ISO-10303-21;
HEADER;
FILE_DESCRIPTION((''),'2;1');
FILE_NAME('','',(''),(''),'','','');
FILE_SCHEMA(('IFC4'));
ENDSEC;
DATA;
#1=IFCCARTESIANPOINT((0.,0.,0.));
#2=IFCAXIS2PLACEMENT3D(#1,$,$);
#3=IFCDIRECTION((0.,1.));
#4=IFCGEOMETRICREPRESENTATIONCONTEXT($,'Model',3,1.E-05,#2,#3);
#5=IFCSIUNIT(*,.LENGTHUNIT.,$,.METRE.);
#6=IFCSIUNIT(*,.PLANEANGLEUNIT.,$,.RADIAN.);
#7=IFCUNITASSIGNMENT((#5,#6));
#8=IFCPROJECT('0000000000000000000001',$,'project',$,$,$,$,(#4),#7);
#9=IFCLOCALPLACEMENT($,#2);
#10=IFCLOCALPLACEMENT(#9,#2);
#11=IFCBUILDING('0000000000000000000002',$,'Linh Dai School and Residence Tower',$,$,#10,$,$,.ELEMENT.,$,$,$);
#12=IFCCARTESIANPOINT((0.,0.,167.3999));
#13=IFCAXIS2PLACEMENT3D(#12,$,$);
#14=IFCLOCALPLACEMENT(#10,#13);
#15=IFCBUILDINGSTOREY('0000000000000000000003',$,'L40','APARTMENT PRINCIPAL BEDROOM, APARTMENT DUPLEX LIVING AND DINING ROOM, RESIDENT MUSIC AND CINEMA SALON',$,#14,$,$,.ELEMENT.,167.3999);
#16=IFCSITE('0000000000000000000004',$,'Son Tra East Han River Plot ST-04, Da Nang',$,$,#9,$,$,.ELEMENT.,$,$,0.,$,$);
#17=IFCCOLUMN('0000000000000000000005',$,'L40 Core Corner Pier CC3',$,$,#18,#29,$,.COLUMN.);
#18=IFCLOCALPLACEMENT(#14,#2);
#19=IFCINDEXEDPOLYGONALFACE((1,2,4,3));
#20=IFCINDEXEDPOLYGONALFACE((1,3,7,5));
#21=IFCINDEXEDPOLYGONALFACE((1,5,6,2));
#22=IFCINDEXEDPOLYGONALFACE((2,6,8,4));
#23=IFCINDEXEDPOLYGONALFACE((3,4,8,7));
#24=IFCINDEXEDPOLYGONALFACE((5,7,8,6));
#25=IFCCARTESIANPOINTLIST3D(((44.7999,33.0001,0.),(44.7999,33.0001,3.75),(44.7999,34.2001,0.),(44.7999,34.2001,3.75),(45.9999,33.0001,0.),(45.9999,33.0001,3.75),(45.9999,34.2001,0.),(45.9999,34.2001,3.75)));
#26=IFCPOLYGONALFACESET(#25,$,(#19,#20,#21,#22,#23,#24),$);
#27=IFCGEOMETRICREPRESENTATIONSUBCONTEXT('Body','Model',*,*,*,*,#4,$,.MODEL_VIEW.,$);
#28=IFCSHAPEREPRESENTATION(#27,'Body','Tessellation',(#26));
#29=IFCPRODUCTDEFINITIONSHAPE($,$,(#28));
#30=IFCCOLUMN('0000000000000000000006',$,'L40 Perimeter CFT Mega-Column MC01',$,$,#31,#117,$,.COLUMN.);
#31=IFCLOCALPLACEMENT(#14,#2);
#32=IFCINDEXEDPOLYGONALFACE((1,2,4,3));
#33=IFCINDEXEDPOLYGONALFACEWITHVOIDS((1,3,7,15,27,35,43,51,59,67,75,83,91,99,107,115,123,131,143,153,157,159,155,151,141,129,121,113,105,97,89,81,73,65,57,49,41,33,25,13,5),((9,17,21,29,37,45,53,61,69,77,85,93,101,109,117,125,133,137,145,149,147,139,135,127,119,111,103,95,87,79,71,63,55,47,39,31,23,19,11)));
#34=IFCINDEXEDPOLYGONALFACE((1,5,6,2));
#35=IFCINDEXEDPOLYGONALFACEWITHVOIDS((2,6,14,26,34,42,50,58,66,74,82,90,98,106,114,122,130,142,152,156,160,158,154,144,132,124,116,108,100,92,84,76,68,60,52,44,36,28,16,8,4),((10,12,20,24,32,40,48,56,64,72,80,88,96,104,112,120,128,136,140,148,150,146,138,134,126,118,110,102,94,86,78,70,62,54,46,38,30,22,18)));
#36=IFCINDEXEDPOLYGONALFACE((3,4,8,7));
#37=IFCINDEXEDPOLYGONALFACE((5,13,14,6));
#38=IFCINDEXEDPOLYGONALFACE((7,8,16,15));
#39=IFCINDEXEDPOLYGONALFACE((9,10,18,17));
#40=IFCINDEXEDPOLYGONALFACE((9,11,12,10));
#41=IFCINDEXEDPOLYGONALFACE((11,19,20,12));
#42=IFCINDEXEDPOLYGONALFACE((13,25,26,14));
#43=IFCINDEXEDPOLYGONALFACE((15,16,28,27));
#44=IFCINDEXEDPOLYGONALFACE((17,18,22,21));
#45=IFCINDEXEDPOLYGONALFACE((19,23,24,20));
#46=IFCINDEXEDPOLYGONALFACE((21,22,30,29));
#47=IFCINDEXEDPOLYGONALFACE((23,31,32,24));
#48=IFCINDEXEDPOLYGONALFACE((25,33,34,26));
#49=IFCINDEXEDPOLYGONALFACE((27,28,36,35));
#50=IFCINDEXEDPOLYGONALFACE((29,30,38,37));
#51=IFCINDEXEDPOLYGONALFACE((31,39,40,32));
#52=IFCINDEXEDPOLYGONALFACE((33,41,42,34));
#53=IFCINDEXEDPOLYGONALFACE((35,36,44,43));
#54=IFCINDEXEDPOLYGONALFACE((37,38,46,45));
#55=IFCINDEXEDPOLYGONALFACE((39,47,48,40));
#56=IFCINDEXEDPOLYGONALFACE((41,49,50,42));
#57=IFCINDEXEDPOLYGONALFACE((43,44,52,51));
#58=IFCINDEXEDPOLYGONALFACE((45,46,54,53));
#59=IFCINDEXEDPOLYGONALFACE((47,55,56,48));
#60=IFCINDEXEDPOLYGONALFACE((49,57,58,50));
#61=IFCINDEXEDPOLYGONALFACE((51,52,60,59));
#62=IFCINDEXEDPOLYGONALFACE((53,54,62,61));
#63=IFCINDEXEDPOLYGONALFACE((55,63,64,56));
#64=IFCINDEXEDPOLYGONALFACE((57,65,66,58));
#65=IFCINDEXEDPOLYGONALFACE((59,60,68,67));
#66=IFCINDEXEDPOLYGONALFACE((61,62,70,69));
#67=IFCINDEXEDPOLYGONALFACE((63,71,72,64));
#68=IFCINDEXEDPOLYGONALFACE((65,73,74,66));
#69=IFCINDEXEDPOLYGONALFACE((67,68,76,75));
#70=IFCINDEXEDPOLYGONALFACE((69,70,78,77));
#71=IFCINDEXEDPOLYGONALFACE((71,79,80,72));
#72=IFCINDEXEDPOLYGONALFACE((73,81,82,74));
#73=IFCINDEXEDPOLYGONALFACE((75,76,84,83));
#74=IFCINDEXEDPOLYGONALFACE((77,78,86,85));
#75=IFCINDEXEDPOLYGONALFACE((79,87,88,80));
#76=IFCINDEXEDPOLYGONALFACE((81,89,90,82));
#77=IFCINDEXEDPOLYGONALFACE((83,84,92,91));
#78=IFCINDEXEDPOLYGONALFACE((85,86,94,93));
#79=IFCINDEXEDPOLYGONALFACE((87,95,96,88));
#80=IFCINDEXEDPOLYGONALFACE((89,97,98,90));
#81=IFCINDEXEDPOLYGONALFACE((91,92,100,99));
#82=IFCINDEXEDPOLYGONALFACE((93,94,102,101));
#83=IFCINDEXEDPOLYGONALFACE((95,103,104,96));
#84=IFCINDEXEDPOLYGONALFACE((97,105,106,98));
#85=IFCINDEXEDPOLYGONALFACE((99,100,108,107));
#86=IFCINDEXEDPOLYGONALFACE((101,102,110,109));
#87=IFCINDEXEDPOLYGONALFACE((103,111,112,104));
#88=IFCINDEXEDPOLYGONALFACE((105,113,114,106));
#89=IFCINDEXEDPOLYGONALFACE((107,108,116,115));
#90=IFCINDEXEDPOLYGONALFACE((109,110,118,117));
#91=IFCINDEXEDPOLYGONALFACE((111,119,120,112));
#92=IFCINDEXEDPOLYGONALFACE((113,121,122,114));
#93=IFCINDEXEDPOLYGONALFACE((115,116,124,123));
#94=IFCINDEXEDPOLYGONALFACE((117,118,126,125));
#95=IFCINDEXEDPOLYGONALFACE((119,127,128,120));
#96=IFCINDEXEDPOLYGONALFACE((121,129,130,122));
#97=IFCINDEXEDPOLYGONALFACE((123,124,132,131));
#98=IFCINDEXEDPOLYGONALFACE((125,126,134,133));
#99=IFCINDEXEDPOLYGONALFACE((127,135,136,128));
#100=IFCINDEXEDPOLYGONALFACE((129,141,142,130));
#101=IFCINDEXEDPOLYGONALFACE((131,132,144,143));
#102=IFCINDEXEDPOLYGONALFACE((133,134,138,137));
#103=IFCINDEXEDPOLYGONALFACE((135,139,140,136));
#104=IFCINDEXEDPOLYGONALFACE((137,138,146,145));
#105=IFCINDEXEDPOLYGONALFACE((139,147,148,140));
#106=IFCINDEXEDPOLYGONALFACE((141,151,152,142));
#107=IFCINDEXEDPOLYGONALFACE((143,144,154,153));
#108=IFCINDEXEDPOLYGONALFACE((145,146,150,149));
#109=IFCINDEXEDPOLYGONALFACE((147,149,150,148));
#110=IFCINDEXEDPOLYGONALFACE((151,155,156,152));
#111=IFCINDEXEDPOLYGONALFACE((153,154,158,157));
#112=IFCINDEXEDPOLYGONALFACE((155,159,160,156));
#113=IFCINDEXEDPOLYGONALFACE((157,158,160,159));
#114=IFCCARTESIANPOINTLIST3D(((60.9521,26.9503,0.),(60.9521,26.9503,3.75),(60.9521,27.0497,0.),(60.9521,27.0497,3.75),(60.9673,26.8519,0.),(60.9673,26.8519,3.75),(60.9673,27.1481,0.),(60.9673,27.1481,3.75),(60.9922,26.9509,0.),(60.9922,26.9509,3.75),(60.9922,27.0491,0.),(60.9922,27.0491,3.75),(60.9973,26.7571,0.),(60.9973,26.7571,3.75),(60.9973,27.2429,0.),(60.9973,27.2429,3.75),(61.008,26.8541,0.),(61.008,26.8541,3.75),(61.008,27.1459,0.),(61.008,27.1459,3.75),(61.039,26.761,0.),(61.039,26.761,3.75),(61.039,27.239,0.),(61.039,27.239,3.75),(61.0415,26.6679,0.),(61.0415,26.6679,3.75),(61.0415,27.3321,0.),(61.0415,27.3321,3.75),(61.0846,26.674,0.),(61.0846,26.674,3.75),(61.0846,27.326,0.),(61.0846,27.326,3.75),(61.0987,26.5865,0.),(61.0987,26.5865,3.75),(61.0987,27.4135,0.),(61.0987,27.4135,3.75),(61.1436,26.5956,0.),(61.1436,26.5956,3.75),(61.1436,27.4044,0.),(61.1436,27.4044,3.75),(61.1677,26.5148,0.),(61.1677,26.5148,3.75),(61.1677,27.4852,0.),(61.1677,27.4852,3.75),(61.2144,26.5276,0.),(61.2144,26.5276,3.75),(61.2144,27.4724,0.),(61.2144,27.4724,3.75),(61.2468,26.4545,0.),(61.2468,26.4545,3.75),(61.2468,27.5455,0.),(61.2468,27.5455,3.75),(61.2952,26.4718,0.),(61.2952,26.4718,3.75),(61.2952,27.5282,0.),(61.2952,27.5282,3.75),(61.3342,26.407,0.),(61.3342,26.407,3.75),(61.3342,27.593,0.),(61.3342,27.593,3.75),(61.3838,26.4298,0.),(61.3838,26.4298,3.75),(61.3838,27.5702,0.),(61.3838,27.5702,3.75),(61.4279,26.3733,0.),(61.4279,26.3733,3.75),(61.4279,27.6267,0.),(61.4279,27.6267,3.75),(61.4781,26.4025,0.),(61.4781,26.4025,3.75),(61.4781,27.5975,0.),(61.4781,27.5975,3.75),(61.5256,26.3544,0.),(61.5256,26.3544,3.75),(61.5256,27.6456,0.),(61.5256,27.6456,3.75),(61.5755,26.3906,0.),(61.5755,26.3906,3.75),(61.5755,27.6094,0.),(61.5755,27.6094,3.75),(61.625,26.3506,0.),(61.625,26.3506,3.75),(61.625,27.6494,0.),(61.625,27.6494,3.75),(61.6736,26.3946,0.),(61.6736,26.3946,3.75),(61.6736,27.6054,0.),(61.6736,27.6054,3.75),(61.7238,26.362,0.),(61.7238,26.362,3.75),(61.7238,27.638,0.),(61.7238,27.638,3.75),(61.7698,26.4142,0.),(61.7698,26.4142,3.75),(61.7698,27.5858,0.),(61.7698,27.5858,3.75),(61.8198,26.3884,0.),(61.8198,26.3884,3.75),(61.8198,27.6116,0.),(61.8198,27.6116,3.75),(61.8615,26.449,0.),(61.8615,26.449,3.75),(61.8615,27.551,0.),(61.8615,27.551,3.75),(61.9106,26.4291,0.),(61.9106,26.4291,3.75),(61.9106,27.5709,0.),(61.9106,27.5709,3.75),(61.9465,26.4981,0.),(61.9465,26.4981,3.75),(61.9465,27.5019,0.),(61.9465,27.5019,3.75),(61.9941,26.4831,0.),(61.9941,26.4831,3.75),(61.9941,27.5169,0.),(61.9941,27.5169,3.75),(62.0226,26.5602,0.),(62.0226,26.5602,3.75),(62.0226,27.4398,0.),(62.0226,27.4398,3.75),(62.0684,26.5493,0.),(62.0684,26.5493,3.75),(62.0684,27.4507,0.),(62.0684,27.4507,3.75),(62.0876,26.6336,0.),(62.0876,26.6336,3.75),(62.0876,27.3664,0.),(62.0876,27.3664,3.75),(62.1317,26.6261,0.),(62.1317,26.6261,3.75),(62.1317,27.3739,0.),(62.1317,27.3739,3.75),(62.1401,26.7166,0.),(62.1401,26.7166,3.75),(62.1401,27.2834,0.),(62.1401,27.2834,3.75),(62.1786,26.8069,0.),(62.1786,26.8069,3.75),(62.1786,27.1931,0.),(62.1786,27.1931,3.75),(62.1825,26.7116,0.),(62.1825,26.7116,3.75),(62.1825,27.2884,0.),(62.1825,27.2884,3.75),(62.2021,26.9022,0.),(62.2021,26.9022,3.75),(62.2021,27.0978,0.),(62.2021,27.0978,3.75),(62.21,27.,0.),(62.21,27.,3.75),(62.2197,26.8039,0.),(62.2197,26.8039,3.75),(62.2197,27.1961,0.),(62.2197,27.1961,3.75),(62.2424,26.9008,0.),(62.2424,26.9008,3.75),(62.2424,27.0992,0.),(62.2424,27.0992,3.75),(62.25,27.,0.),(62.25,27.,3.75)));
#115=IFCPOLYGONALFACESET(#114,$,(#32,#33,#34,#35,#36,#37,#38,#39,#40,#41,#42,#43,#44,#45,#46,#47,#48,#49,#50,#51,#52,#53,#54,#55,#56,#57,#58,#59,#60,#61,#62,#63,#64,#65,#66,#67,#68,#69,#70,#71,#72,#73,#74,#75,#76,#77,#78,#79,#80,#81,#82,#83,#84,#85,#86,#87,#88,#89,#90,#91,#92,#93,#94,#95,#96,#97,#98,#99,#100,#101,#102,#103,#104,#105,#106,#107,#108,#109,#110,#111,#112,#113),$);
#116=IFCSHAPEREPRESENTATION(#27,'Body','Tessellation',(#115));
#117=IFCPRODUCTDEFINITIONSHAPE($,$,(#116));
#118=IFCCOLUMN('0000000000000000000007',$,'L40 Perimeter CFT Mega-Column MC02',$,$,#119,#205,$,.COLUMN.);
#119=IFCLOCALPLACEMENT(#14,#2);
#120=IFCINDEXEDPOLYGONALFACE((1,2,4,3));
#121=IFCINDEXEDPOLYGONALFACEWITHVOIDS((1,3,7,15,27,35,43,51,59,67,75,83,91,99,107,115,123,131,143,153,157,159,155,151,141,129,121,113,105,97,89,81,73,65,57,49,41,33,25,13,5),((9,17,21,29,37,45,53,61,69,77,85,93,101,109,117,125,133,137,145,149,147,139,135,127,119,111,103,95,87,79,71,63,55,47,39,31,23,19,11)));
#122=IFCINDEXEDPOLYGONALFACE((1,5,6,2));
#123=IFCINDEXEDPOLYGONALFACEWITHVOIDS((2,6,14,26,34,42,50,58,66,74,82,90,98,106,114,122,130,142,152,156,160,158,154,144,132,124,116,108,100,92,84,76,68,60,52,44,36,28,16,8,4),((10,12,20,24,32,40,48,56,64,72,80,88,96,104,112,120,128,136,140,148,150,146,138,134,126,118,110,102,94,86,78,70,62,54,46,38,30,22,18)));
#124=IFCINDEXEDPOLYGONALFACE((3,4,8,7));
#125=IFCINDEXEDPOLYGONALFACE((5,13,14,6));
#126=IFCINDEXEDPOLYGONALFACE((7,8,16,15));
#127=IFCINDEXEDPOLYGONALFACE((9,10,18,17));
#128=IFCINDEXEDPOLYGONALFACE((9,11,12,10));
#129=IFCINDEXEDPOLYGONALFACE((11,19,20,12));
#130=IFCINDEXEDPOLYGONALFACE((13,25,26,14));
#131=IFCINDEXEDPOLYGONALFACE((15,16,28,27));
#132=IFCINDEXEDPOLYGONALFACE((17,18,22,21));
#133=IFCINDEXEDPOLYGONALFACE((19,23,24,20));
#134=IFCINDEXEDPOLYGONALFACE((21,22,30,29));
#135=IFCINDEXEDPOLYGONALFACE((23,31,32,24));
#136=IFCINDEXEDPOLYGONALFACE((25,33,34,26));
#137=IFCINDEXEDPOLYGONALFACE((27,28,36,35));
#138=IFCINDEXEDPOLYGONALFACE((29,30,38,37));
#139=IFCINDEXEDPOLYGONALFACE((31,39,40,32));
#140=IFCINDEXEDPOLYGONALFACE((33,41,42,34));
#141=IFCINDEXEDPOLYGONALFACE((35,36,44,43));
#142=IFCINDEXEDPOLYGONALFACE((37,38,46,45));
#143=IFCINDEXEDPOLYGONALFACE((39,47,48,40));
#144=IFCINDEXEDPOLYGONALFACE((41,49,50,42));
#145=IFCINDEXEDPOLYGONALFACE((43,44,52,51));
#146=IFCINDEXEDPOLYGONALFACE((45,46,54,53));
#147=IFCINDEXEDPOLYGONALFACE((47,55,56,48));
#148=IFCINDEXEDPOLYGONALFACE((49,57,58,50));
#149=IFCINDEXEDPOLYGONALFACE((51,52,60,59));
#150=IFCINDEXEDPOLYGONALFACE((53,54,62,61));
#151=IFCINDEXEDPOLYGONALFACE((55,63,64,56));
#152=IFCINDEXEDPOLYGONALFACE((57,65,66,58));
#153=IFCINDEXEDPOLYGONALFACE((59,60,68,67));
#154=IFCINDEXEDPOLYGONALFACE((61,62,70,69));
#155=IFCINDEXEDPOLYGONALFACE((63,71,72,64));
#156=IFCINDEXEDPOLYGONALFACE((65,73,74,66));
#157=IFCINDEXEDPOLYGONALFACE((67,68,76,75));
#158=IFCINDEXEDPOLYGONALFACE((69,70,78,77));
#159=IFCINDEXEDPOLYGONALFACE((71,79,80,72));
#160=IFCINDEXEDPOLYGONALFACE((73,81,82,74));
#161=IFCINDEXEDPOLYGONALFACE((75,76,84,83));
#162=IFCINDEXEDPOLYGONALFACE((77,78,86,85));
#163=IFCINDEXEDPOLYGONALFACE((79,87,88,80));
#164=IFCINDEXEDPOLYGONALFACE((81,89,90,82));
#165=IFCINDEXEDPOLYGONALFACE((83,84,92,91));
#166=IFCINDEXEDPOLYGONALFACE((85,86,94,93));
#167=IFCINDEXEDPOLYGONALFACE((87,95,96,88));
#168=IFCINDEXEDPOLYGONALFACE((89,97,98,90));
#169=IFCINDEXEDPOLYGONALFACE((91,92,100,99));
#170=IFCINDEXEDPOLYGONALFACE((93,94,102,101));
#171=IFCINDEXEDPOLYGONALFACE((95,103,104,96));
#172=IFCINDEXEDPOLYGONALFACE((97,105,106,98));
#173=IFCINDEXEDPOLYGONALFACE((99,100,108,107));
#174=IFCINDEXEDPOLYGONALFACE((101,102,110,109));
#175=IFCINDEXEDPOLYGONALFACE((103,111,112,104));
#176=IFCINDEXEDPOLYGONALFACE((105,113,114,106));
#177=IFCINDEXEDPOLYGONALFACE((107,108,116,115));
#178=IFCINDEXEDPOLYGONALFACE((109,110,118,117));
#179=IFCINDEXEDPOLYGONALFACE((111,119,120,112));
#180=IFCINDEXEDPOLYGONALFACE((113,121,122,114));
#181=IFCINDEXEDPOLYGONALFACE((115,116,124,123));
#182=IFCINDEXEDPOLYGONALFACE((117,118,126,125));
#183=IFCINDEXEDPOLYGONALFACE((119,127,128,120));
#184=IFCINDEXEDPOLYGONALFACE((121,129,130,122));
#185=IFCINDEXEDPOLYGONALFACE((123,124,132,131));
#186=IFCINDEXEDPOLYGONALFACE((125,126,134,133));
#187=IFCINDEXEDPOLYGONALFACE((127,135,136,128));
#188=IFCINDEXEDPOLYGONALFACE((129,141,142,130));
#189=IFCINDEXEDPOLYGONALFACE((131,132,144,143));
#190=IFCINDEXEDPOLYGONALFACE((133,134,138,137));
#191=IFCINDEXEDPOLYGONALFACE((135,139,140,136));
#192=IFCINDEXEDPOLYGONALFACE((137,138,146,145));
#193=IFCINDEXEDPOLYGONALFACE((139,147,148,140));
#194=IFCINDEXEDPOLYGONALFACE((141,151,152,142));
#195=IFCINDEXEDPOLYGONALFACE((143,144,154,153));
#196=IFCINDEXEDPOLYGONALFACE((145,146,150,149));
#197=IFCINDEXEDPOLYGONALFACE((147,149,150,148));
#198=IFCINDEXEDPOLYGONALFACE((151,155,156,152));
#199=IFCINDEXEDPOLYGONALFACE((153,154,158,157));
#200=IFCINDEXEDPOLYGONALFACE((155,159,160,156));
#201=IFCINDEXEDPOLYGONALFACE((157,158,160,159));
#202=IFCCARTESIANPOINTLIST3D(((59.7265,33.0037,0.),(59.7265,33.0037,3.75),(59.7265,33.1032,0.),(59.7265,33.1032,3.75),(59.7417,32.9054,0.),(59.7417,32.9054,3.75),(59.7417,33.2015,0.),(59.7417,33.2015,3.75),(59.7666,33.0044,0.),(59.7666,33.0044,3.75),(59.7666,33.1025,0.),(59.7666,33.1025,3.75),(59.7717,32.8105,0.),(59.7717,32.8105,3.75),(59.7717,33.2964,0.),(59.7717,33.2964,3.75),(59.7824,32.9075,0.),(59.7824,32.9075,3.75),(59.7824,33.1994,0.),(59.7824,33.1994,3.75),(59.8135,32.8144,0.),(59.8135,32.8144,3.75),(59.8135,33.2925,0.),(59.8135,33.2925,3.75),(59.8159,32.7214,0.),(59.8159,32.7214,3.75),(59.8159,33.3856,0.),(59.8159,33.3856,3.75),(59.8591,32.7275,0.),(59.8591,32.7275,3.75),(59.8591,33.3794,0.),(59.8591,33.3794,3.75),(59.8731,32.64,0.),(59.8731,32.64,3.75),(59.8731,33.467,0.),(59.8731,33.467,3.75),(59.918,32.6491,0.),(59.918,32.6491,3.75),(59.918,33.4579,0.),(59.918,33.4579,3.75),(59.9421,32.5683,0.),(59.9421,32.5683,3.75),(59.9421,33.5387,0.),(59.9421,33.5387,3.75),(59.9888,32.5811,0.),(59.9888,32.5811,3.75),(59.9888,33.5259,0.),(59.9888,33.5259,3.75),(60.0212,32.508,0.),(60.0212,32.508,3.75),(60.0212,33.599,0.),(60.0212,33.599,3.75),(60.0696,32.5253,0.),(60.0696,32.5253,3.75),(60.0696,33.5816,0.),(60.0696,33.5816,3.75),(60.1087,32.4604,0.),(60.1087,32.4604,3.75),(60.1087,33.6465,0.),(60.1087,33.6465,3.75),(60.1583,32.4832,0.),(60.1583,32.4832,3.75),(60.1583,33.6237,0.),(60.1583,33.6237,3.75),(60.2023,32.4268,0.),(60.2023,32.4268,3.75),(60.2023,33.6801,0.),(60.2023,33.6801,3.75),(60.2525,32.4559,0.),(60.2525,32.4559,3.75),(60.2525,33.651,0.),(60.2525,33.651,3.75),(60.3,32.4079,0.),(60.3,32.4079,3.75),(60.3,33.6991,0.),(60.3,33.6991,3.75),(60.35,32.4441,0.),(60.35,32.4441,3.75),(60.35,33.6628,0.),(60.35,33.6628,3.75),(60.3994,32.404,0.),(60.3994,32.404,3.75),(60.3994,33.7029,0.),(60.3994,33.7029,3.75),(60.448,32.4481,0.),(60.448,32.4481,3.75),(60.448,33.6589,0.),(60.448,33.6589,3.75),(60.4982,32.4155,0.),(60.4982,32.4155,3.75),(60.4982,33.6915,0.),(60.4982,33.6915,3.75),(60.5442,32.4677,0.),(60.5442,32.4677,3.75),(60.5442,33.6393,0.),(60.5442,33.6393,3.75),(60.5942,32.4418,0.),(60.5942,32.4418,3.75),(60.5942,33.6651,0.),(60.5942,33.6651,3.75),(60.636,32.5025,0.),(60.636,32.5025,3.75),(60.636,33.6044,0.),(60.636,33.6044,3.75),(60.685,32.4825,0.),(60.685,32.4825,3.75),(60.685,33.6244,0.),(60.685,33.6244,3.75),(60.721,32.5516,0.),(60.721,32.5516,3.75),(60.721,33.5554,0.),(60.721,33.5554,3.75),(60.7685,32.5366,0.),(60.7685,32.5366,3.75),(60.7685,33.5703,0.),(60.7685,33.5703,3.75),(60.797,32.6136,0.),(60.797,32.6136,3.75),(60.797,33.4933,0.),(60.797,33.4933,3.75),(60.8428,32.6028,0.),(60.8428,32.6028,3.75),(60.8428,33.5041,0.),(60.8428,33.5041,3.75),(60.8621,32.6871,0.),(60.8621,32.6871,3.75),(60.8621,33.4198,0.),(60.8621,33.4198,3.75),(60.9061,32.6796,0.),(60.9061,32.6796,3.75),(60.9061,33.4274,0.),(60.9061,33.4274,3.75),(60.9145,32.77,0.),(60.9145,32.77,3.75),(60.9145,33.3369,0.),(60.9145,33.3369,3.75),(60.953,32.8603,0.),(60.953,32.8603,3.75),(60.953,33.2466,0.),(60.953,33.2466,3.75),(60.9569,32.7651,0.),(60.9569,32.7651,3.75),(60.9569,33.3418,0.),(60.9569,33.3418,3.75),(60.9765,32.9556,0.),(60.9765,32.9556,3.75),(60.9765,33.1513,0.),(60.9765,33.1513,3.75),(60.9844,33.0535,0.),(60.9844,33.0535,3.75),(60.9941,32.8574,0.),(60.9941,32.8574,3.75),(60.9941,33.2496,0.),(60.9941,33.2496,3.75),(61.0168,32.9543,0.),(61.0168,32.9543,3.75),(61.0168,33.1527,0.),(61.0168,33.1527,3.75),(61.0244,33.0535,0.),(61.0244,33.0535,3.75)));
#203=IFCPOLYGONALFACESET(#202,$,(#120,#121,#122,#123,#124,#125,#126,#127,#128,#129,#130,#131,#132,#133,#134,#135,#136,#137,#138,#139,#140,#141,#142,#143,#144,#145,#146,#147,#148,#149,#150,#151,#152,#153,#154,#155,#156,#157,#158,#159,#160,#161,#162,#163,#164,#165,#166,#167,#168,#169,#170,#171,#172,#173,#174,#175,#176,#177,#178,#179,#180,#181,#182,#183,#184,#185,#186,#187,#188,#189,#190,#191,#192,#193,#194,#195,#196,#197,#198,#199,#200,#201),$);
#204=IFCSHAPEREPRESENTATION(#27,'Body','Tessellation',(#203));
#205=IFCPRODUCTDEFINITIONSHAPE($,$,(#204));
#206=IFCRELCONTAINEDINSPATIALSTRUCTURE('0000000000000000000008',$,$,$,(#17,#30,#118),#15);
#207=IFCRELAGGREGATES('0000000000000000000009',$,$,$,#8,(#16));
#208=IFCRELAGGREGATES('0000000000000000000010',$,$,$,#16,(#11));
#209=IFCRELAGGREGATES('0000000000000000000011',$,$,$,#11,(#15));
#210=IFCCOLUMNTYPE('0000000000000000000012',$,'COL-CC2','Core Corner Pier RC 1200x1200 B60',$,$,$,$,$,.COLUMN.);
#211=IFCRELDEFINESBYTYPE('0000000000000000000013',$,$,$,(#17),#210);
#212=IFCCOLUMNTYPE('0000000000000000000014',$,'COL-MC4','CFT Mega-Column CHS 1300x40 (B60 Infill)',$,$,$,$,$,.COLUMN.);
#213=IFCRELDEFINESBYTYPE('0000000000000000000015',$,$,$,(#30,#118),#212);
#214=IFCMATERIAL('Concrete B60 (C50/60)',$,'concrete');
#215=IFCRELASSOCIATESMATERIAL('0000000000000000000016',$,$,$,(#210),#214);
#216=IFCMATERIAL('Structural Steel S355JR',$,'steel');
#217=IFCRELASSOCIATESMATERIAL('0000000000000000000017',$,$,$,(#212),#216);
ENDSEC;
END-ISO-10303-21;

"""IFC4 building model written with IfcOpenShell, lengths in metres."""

from ifc_helpers import new_model, si_unit, direction, frame, origin, origin_2d, place, context, subcontext, project, spatial, rectangle, hollow_circle, extrude, material, material_profile, profile_set, type_object, element, save


model = new_model("IFC4")

# Units and contexts
model_context = context("Model", 3, precision=1e-05, world=origin(), true_north=direction((0.0, 1.0)))
body_context = subcontext(model_context, "Body", "Model", "MODEL_VIEW")
ifc_project = project(units=[si_unit("LENGTHUNIT", "METRE"), si_unit("PLANEANGLEUNIT", "RADIAN")], contexts=[model_context])

# Site, building, storey
site_placement = place(None, origin())
site = spatial("IfcSite", under=ifc_project, at=site_placement, Name="Son Tra East Han River Plot ST-04, Da Nang", CompositionType="ELEMENT", RefElevation=0.0)
building_placement = place(site_placement, origin())
building = spatial("IfcBuilding", under=site, at=building_placement, Name="Linh Dai School and Residence Tower", CompositionType="ELEMENT")
storey_placement = place(building_placement, frame((0.0, 0.0, 167.3999)))
storey = spatial("IfcBuildingStorey", under=building, at=storey_placement, Name="L40", Description="APARTMENT PRINCIPAL BEDROOM, APARTMENT DUPLEX LIVING AND DINING ROOM, RESIDENT MUSIC AND CINEMA SALON", CompositionType="ELEMENT", Elevation=167.3999)

# Columns
ifc_material_1 = material(Name="Concrete B60 (C50/60)", Category="concrete")
ifc_material_profile_1 = material_profile(ifc_material_1, rectangle(XDim=1.2, YDim=1.2, at=origin_2d()), Name="RC 1200x1200")
ifc_profile_set_1 = profile_set([ifc_material_profile_1], Name="Concrete B60 (C50/60)")
column_type_1 = type_object("IfcColumnType", Name="COL-CC2", Description="Core Corner Pier RC 1200x1200 B60", PredefinedType="COLUMN", material=ifc_profile_set_1)
column_placement = place(storey_placement, frame((45.3999, 33.6001, 0.0), z_axis=(0.0, 0.0, 1.0), x_axis=(1.0, 0.0, 0.0)))
element("IfcColumn", 1, at=column_placement, inside=storey, type_object=column_type_1, Name="L40 Core Corner Pier CC3", PredefinedType="COLUMN", context=body_context, shape_type="SweptSolid", body=[
    extrude(rectangle(XDim=1.2, YDim=1.2, at=origin_2d()), origin(), (0.0, 0.0, 1.0), 3.75),
])
ifc_material_2 = material(Name="Structural Steel S355JR", Category="steel")
ifc_material_profile_2 = material_profile(ifc_material_2, hollow_circle(Radius=0.6499, WallThickness=0.04, at=origin_2d()), Name="CHS 1300x40")
ifc_profile_set_2 = profile_set([ifc_material_profile_2], Name="Structural Steel S355JR")
column_type_2 = type_object("IfcColumnType", Name="COL-MC4", Description="CFT Mega-Column CHS 1300x40 (B60 Infill)", PredefinedType="COLUMN", material=ifc_profile_set_2)
for number, where, z_axis, x_axis, name in (
    (2, (61.6001, 27.0, 0.0), (0.0, 0.0, 1.0), (1.0, 0.0, 0.0), "L40 Perimeter CFT Mega-Column MC01"),
    (3, (60.3745, 33.0535, 0.0), (0.0, 0.0, 1.0), (1.0, 0.0, 0.0), "L40 Perimeter CFT Mega-Column MC02"),
):
    element("IfcColumn", number, at=place(storey_placement, frame(where, z_axis=z_axis, x_axis=x_axis)), inside=storey, type_object=column_type_2, Name=name, PredefinedType="COLUMN", context=body_context, shape_type="SweptSolid", body=[
        extrude(hollow_circle(Radius=0.6499, WallThickness=0.04, at=origin_2d()), origin(), (0.0, 0.0, 1.0), 3.75),
    ])

save(model, "model.ifc")
